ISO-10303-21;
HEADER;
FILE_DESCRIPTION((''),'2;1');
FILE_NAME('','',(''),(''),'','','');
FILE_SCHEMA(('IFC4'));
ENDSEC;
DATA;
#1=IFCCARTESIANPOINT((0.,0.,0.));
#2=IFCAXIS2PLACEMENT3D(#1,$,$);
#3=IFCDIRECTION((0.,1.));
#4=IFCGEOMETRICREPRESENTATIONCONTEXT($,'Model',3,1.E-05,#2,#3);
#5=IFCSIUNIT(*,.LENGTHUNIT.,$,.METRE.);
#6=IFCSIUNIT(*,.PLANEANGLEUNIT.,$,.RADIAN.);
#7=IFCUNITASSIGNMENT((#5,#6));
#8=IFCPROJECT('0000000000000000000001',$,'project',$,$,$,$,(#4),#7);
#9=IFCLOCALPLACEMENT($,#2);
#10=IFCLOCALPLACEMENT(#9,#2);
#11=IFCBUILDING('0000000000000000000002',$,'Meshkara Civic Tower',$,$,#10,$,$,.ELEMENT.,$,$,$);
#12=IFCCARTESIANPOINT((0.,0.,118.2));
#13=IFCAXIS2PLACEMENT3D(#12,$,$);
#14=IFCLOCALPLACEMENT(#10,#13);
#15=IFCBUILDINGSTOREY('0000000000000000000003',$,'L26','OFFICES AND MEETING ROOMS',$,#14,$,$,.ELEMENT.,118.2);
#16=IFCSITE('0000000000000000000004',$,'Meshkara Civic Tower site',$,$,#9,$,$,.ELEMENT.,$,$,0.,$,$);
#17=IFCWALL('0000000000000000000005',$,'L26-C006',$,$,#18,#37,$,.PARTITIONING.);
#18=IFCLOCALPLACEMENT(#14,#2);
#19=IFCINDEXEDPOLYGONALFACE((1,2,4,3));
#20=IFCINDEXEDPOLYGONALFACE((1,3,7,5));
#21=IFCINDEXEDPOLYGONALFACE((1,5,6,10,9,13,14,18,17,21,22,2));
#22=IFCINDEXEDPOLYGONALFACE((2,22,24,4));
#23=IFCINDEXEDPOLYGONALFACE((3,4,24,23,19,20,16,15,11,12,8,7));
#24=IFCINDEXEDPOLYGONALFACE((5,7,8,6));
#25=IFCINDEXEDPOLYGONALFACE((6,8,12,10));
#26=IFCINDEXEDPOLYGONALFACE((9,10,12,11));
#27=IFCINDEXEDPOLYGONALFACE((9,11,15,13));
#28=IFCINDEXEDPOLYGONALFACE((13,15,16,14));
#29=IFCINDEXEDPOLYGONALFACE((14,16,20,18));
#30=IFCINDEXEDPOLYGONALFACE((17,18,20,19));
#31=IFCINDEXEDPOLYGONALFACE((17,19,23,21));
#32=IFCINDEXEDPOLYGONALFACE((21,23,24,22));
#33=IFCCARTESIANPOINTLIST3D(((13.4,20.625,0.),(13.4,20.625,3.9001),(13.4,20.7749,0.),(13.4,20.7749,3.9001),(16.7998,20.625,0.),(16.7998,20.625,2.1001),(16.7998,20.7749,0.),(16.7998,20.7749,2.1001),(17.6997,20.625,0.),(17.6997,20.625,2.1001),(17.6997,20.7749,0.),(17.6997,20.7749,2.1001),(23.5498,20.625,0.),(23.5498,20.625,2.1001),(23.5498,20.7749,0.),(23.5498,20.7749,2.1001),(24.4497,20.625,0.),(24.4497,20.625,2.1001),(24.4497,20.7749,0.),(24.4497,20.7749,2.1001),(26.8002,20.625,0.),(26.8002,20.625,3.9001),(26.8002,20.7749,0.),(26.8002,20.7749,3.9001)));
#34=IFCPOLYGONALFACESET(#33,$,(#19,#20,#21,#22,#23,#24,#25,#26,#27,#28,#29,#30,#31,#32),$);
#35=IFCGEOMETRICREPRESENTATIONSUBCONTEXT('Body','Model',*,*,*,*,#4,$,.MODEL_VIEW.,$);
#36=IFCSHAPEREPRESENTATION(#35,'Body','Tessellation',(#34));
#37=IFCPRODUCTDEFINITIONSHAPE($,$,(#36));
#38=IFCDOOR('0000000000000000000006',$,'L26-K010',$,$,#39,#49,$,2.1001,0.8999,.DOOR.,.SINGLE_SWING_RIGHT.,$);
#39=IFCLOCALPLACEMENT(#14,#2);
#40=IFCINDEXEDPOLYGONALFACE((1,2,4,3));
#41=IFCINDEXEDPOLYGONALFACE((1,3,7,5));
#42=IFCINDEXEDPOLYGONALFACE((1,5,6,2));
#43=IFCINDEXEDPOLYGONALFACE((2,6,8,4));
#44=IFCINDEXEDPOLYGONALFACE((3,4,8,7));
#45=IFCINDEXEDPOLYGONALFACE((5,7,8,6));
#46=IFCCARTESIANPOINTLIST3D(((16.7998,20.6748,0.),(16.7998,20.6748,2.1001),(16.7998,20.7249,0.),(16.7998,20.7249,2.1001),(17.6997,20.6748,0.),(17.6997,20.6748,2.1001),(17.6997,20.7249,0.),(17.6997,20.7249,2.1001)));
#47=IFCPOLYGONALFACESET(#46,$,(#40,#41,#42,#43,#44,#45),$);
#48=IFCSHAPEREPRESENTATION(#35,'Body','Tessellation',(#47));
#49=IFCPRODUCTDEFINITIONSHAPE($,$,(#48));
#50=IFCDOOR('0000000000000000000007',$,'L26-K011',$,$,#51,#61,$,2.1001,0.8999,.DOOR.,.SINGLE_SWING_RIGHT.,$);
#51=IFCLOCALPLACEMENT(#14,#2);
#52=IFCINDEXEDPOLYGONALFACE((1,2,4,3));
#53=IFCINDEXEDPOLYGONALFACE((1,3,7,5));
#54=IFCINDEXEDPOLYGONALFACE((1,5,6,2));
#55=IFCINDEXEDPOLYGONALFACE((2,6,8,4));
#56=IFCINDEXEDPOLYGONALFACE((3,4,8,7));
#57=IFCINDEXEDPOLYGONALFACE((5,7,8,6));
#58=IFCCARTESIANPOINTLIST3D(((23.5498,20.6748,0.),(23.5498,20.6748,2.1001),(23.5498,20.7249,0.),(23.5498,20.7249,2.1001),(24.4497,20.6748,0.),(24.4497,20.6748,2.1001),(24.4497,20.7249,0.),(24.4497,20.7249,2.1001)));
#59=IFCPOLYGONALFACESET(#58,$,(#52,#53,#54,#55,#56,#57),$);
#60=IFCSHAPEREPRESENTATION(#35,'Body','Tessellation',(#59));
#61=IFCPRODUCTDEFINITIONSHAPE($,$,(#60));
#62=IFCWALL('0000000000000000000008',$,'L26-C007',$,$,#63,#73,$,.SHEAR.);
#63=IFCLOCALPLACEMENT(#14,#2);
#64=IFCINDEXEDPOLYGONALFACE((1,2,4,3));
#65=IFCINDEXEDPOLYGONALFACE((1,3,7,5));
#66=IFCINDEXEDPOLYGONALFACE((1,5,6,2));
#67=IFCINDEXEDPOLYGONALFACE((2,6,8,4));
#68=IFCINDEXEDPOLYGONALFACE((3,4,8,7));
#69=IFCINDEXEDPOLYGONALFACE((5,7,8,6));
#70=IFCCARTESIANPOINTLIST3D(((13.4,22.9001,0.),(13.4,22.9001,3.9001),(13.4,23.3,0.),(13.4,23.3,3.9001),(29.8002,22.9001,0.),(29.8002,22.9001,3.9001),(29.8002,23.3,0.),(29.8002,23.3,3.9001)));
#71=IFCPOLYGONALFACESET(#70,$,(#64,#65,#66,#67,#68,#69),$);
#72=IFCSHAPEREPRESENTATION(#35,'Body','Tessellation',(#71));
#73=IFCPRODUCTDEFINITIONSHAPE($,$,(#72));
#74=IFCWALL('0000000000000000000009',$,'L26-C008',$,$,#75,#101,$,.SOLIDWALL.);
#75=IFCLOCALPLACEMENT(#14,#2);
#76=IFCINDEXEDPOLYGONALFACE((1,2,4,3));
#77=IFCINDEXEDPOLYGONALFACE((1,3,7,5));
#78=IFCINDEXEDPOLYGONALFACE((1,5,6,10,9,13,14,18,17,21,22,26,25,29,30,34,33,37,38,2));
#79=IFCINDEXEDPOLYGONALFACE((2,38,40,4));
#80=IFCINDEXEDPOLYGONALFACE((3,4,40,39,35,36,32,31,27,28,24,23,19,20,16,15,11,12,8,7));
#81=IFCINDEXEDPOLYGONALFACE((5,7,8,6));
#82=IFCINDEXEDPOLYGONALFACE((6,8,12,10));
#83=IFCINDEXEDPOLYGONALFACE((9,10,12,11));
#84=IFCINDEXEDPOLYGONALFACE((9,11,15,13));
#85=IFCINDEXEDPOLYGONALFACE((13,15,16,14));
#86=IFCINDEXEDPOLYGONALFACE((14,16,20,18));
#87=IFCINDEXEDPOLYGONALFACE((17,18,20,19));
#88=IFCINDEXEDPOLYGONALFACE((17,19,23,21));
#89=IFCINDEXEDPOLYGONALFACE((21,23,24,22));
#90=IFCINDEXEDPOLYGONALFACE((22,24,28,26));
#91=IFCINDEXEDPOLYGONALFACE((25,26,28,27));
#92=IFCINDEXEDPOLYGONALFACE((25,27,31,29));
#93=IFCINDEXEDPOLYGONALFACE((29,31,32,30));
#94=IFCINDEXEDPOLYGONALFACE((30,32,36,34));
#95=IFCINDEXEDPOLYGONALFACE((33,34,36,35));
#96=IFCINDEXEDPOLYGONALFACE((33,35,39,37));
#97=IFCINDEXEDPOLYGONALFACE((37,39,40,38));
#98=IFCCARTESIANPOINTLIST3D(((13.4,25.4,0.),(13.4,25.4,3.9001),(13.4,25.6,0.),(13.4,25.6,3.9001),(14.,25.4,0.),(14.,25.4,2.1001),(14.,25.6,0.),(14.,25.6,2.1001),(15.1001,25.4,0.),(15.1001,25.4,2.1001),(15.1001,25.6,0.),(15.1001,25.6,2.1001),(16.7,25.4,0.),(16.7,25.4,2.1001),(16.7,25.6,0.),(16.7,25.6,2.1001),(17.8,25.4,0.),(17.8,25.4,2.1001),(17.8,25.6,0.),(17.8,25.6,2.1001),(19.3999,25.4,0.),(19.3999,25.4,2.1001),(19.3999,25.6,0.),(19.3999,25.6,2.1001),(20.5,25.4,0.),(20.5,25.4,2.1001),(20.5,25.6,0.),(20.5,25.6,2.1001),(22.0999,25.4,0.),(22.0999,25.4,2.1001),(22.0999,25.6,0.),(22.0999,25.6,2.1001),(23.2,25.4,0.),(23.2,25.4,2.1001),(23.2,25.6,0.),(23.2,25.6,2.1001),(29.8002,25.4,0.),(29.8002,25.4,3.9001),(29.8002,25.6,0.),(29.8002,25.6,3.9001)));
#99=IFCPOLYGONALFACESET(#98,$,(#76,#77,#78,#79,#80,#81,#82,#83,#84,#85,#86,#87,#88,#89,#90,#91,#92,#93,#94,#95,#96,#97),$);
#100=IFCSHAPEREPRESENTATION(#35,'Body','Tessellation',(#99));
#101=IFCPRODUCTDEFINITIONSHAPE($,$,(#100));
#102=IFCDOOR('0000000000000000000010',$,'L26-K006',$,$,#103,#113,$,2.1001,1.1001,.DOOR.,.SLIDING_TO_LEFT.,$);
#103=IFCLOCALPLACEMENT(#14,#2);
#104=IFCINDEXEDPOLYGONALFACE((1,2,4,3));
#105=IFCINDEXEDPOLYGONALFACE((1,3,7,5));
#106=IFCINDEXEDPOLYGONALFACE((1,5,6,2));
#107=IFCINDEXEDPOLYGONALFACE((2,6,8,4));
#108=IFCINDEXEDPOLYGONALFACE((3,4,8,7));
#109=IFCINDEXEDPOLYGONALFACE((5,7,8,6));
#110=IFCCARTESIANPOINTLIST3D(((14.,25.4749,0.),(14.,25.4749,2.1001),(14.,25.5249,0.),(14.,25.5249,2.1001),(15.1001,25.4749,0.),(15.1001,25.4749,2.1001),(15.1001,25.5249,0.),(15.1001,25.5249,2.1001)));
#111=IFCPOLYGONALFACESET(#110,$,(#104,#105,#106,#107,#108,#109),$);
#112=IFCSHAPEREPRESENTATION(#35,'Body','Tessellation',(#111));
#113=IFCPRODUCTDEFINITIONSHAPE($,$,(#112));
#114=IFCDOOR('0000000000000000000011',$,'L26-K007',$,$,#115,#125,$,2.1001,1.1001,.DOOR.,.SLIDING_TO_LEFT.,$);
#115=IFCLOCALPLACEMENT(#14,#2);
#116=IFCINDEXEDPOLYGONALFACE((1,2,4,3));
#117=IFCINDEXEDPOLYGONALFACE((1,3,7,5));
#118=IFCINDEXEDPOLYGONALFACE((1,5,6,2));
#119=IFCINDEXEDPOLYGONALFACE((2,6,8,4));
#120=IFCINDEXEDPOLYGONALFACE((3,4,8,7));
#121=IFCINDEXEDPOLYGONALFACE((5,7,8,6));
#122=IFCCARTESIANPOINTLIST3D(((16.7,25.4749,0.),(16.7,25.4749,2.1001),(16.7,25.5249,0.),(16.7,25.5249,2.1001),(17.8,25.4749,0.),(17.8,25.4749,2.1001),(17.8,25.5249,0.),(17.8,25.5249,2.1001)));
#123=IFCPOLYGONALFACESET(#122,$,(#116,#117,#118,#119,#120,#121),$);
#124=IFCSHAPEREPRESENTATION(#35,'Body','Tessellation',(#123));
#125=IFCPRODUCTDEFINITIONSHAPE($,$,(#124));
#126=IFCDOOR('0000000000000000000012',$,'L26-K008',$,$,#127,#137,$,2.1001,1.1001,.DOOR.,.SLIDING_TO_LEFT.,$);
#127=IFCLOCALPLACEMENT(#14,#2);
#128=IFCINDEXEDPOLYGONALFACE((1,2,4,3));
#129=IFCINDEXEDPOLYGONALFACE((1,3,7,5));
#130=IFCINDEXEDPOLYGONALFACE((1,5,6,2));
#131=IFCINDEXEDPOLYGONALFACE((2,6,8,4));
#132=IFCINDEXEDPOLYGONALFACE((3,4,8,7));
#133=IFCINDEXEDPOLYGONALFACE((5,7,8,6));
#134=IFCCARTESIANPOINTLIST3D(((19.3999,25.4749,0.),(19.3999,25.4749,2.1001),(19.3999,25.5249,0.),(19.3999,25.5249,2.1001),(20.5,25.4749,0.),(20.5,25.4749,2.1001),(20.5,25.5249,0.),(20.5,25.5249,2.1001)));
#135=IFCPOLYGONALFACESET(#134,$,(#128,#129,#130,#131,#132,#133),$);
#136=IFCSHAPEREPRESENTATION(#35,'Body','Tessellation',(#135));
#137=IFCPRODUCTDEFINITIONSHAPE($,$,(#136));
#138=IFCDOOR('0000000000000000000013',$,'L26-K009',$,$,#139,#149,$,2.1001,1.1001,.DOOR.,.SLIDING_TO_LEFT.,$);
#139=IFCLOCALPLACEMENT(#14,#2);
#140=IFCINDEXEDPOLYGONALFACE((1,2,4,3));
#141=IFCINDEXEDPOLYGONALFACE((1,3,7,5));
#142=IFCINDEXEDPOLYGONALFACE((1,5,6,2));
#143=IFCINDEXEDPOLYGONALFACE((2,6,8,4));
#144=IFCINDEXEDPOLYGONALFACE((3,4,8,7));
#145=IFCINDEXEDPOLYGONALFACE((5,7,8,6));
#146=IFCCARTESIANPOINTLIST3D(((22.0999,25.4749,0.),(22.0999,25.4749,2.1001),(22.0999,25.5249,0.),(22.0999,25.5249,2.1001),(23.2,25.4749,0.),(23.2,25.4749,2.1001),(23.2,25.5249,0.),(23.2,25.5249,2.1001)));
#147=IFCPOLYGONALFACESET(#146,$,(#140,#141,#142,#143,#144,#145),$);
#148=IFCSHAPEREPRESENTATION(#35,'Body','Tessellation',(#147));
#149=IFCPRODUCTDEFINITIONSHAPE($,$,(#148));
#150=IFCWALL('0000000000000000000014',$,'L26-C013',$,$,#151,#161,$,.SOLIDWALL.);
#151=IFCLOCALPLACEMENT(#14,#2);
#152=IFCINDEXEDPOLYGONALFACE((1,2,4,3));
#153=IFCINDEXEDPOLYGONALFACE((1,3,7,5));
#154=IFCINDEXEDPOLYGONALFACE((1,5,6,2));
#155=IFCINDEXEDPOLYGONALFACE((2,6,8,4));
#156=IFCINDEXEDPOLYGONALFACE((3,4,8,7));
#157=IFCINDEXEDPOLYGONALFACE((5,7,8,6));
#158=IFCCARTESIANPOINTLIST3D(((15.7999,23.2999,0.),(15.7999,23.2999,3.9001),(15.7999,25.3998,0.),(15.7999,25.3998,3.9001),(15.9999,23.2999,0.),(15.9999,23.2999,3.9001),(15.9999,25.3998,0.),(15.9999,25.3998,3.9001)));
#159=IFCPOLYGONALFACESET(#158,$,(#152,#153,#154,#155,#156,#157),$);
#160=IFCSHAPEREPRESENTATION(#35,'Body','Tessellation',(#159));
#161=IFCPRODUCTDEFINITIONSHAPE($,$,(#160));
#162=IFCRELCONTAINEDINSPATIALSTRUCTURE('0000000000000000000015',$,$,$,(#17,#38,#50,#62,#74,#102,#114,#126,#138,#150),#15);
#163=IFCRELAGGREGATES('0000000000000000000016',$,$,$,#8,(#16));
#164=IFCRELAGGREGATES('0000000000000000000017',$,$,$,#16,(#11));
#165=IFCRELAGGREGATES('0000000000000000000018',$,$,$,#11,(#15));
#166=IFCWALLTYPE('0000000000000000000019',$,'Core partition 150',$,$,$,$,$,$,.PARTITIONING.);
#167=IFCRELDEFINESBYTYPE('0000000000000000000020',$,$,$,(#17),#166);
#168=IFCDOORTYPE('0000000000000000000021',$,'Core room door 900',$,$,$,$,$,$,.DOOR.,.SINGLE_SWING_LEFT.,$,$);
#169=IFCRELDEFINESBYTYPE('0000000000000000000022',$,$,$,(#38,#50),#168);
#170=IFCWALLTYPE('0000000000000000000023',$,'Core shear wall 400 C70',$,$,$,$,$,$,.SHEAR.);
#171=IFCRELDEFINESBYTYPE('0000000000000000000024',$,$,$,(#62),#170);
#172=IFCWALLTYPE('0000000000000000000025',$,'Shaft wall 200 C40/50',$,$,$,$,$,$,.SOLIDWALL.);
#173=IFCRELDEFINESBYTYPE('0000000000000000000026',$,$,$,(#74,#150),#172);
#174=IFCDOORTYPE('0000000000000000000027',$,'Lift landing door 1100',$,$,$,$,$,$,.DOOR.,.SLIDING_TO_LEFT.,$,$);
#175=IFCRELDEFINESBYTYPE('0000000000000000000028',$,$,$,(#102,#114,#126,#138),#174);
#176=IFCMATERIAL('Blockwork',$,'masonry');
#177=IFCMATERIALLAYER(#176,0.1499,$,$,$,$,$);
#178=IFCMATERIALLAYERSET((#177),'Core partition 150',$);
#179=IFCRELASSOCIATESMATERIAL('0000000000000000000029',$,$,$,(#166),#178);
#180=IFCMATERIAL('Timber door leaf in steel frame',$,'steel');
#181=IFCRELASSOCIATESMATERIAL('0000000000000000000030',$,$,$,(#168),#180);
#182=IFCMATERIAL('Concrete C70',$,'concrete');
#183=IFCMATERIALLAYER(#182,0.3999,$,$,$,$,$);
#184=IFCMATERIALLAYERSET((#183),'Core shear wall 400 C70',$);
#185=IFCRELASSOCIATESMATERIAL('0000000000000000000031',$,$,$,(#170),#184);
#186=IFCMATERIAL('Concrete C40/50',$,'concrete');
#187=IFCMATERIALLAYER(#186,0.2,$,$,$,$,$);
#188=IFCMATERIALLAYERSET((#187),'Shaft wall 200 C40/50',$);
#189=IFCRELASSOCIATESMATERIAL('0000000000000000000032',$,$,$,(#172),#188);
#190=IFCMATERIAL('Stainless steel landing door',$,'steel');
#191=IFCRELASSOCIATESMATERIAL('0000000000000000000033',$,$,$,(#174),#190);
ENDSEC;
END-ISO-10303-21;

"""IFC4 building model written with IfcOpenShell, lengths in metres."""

from ifc_helpers import new_model, si_unit, direction, frame, frame_2d, origin, place, context, subcontext, project, spatial, rectangle, extrude, material, layer, layer_set, type_object, element, fill, save


model = new_model("IFC4")

# Units and contexts
model_context = context("Model", 3, precision=1e-05, world=origin(), true_north=direction((0.0, 1.0)))
body_context = subcontext(model_context, "Body", "Model", "MODEL_VIEW")
ifc_project = project(units=[si_unit("LENGTHUNIT", "METRE"), si_unit("PLANEANGLEUNIT", "RADIAN")], contexts=[model_context])

# Site, building, storey
site_placement = place(None, origin())
site = spatial("IfcSite", under=ifc_project, at=site_placement, Name="Meshkara Civic Tower site", CompositionType="ELEMENT", RefElevation=0.0)
building_placement = place(site_placement, origin())
building = spatial("IfcBuilding", under=site, at=building_placement, Name="Meshkara Civic Tower", CompositionType="ELEMENT")
storey_placement = place(building_placement, frame((0.0, 0.0, 118.2)))
storey = spatial("IfcBuildingStorey", under=building, at=storey_placement, Name="L26", Description="OFFICES AND MEETING ROOMS", CompositionType="ELEMENT", Elevation=118.2)

# Wall, openings, doors
ifc_material_1 = material(Name="Blockwork", Category="masonry")
ifc_layer_1 = layer(ifc_material_1, 0.1499)
ifc_layer_set_1 = layer_set([ifc_layer_1], Name="Core partition 150")
wall_type_1 = type_object("IfcWallType", Name="Core partition 150", PredefinedType="PARTITIONING", material=ifc_layer_set_1)
wall_1_placement = place(storey_placement, frame((13.3999, 20.7, 0.0), z_axis=(0.0, 0.0, 1.0), x_axis=(1.0, 0.0, 0.0)))
wall_1 = element("IfcWall", 1, at=wall_1_placement, inside=storey, type_object=wall_type_1, Name="L26-C006", PredefinedType="PARTITIONING", context=body_context, shape_type="SweptSolid", body=[
    extrude(rectangle(XDim=13.4001, YDim=0.1499, at=frame_2d((6.7002, 0.0))), origin(), (0.0, 0.0, 1.0), 3.9001),
])
opening_1_placement = place(wall_1_placement, frame((3.3999, 0.0, 0.0)))
opening_1 = element("IfcOpeningElement", 2, at=opening_1_placement, cuts=wall_1, PredefinedType="OPENING", context=body_context, shape_type="SweptSolid", body=[
    extrude(rectangle(XDim=0.8999, YDim=2.1001, at=frame_2d((0.45, 1.05))), frame((0.0, 0.085, 0.0), z_axis=(0.0, -1.0, 0.0), x_axis=(1.0, 0.0, 0.0)), (0.0, 0.0, 1.0), 0.1699),
])
opening_2_placement = place(wall_1_placement, frame((10.1499, 0.0, 0.0)))
opening_2 = element("IfcOpeningElement", 3, at=opening_2_placement, cuts=wall_1, PredefinedType="OPENING", context=body_context, shape_type="SweptSolid", body=[
    extrude(rectangle(XDim=0.8999, YDim=2.1001, at=frame_2d((0.45, 1.05))), frame((0.0, 0.085, 0.0), z_axis=(0.0, -1.0, 0.0), x_axis=(1.0, 0.0, 0.0)), (0.0, 0.0, 1.0), 0.1699),
])
ifc_material_2 = material(Name="Timber door leaf in steel frame", Category="steel")
door_type_1 = type_object("IfcDoorType", Name="Core room door 900", OperationType="SINGLE_SWING_LEFT", PredefinedType="DOOR", material=ifc_material_2)
door_1_placement = place(opening_1_placement, origin())
door_1 = element("IfcDoor", 4, at=door_1_placement, inside=storey, type_object=door_type_1, Name="L26-K010", OperationType="SINGLE_SWING_RIGHT", OverallHeight=2.1001, OverallWidth=0.8999, PredefinedType="DOOR", context=body_context, shape_type="SweptSolid", body=[
    extrude(rectangle(XDim=0.8999, YDim=2.1001, at=frame_2d((0.45, 1.05))), frame((0.0, 0.0249, 0.0), z_axis=(0.0, -1.0, 0.0), x_axis=(1.0, 0.0, 0.0)), (0.0, 0.0, 1.0), 0.05),
])
fill(opening_1, door_1)
door_2_placement = place(opening_2_placement, origin())
door_2 = element("IfcDoor", 5, at=door_2_placement, inside=storey, type_object=door_type_1, Name="L26-K011", OperationType="SINGLE_SWING_RIGHT", OverallHeight=2.1001, OverallWidth=0.8999, PredefinedType="DOOR", context=body_context, shape_type="SweptSolid", body=[
    extrude(rectangle(XDim=0.8999, YDim=2.1001, at=frame_2d((0.45, 1.05))), frame((0.0, 0.0249, 0.0), z_axis=(0.0, -1.0, 0.0), x_axis=(1.0, 0.0, 0.0)), (0.0, 0.0, 1.0), 0.05),
])
fill(opening_2, door_2)

# Wall
ifc_material_3 = material(Name="Concrete C70", Category="concrete")
ifc_layer_2 = layer(ifc_material_3, 0.3999)
ifc_layer_set_2 = layer_set([ifc_layer_2], Name="Core shear wall 400 C70")
wall_type_2 = type_object("IfcWallType", Name="Core shear wall 400 C70", PredefinedType="SHEAR", material=ifc_layer_set_2)
wall_2_placement = place(storey_placement, frame((13.3999, 23.1001, 0.0), z_axis=(0.0, 0.0, 1.0), x_axis=(1.0, 0.0, 0.0)))
element("IfcWall", 6, at=wall_2_placement, inside=storey, type_object=wall_type_2, Name="L26-C007", PredefinedType="SHEAR", context=body_context, shape_type="SweptSolid", body=[
    extrude(rectangle(XDim=16.4001, YDim=0.3999, at=frame_2d((8.2002, 0.0))), origin(), (0.0, 0.0, 1.0), 3.9001),
])

# Wall, openings, doors
ifc_material_4 = material(Name="Concrete C40/50", Category="concrete")
ifc_layer_3 = layer(ifc_material_4, 0.2)
ifc_layer_set_3 = layer_set([ifc_layer_3], Name="Shaft wall 200 C40/50")
wall_type_3 = type_object("IfcWallType", Name="Shaft wall 200 C40/50", PredefinedType="SOLIDWALL", material=ifc_layer_set_3)
wall_3_placement = place(storey_placement, frame((13.3999, 25.5, 0.0), z_axis=(0.0, 0.0, 1.0), x_axis=(1.0, 0.0, 0.0)))
wall_3 = element("IfcWall", 7, at=wall_3_placement, inside=storey, type_object=wall_type_3, Name="L26-C008", PredefinedType="SOLIDWALL", context=body_context, shape_type="SweptSolid", body=[
    extrude(rectangle(XDim=16.4001, YDim=0.2, at=frame_2d((8.2002, 0.0))), origin(), (0.0, 0.0, 1.0), 3.9001),
])
opening_3_placement = place(wall_3_placement, frame((0.6001, 0.0, 0.0)))
opening_3 = element("IfcOpeningElement", 8, at=opening_3_placement, cuts=wall_3, PredefinedType="OPENING", context=body_context, shape_type="SweptSolid", body=[
    extrude(rectangle(XDim=1.1001, YDim=2.1001, at=frame_2d((0.55, 1.05))), frame((0.0, 0.1099, 0.0), z_axis=(0.0, -1.0, 0.0), x_axis=(1.0, 0.0, 0.0)), (0.0, 0.0, 1.0), 0.22),
])
opening_4_placement = place(wall_3_placement, frame((3.3, 0.0, 0.0)))
opening_4 = element("IfcOpeningElement", 9, at=opening_4_placement, cuts=wall_3, PredefinedType="OPENING", context=body_context, shape_type="SweptSolid", body=[
    extrude(rectangle(XDim=1.1001, YDim=2.1001, at=frame_2d((0.55, 1.05))), frame((0.0, 0.1099, 0.0), z_axis=(0.0, -1.0, 0.0), x_axis=(1.0, 0.0, 0.0)), (0.0, 0.0, 1.0), 0.22),
])
opening_5_placement = place(wall_3_placement, frame((6.0, 0.0, 0.0)))
opening_5 = element("IfcOpeningElement", 10, at=opening_5_placement, cuts=wall_3, PredefinedType="OPENING", context=body_context, shape_type="SweptSolid", body=[
    extrude(rectangle(XDim=1.1001, YDim=2.1001, at=frame_2d((0.55, 1.05))), frame((0.0, 0.1099, 0.0), z_axis=(0.0, -1.0, 0.0), x_axis=(1.0, 0.0, 0.0)), (0.0, 0.0, 1.0), 0.22),
])
opening_6_placement = place(wall_3_placement, frame((8.7, 0.0, 0.0)))
opening_6 = element("IfcOpeningElement", 11, at=opening_6_placement, cuts=wall_3, PredefinedType="OPENING", context=body_context, shape_type="SweptSolid", body=[
    extrude(rectangle(XDim=1.1001, YDim=2.1001, at=frame_2d((0.55, 1.05))), frame((0.0, 0.1099, 0.0), z_axis=(0.0, -1.0, 0.0), x_axis=(1.0, 0.0, 0.0)), (0.0, 0.0, 1.0), 0.22),
])
ifc_material_5 = material(Name="Stainless steel landing door", Category="steel")
door_type_2 = type_object("IfcDoorType", Name="Lift landing door 1100", OperationType="SLIDING_TO_LEFT", PredefinedType="DOOR", material=ifc_material_5)
door_3_placement = place(opening_3_placement, origin())
door_3 = element("IfcDoor", 12, at=door_3_placement, inside=storey, type_object=door_type_2, Name="L26-K006", OperationType="SLIDING_TO_LEFT", OverallHeight=2.1001, OverallWidth=1.1001, PredefinedType="DOOR", context=body_context, shape_type="SweptSolid", body=[
    extrude(rectangle(XDim=1.1001, YDim=2.1001, at=frame_2d((0.55, 1.05))), frame((0.0, 0.0249, 0.0), z_axis=(0.0, -1.0, 0.0), x_axis=(1.0, 0.0, 0.0)), (0.0, 0.0, 1.0), 0.05),
])
fill(opening_3, door_3)
door_4_placement = place(opening_4_placement, origin())
door_4 = element("IfcDoor", 13, at=door_4_placement, inside=storey, type_object=door_type_2, Name="L26-K007", OperationType="SLIDING_TO_LEFT", OverallHeight=2.1001, OverallWidth=1.1001, PredefinedType="DOOR", context=body_context, shape_type="SweptSolid", body=[
    extrude(rectangle(XDim=1.1001, YDim=2.1001, at=frame_2d((0.55, 1.05))), frame((0.0, 0.0249, 0.0), z_axis=(0.0, -1.0, 0.0), x_axis=(1.0, 0.0, 0.0)), (0.0, 0.0, 1.0), 0.05),
])
fill(opening_4, door_4)
door_5_placement = place(opening_5_placement, origin())
door_5 = element("IfcDoor", 14, at=door_5_placement, inside=storey, type_object=door_type_2, Name="L26-K008", OperationType="SLIDING_TO_LEFT", OverallHeight=2.1001, OverallWidth=1.1001, PredefinedType="DOOR", context=body_context, shape_type="SweptSolid", body=[
    extrude(rectangle(XDim=1.1001, YDim=2.1001, at=frame_2d((0.55, 1.05))), frame((0.0, 0.0249, 0.0), z_axis=(0.0, -1.0, 0.0), x_axis=(1.0, 0.0, 0.0)), (0.0, 0.0, 1.0), 0.05),
])
fill(opening_5, door_5)
door_6_placement = place(opening_6_placement, origin())
door_6 = element("IfcDoor", 15, at=door_6_placement, inside=storey, type_object=door_type_2, Name="L26-K009", OperationType="SLIDING_TO_LEFT", OverallHeight=2.1001, OverallWidth=1.1001, PredefinedType="DOOR", context=body_context, shape_type="SweptSolid", body=[
    extrude(rectangle(XDim=1.1001, YDim=2.1001, at=frame_2d((0.55, 1.05))), frame((0.0, 0.0249, 0.0), z_axis=(0.0, -1.0, 0.0), x_axis=(1.0, 0.0, 0.0)), (0.0, 0.0, 1.0), 0.05),
])
fill(opening_6, door_6)

# Wall
wall_4_placement = place(storey_placement, frame((15.8999, 23.3, 0.0), z_axis=(0.0, 0.0, 1.0), x_axis=(0.0, 1.0, 0.0)))
element("IfcWall", 16, at=wall_4_placement, inside=storey, type_object=wall_type_3, Name="L26-C013", PredefinedType="SOLIDWALL", context=body_context, shape_type="SweptSolid", body=[
    extrude(rectangle(XDim=2.0999, YDim=0.2, at=frame_2d((1.0498, 0.0))), origin(), (0.0, 0.0, 1.0), 3.9001),
])

save(model, "model.ifc")
